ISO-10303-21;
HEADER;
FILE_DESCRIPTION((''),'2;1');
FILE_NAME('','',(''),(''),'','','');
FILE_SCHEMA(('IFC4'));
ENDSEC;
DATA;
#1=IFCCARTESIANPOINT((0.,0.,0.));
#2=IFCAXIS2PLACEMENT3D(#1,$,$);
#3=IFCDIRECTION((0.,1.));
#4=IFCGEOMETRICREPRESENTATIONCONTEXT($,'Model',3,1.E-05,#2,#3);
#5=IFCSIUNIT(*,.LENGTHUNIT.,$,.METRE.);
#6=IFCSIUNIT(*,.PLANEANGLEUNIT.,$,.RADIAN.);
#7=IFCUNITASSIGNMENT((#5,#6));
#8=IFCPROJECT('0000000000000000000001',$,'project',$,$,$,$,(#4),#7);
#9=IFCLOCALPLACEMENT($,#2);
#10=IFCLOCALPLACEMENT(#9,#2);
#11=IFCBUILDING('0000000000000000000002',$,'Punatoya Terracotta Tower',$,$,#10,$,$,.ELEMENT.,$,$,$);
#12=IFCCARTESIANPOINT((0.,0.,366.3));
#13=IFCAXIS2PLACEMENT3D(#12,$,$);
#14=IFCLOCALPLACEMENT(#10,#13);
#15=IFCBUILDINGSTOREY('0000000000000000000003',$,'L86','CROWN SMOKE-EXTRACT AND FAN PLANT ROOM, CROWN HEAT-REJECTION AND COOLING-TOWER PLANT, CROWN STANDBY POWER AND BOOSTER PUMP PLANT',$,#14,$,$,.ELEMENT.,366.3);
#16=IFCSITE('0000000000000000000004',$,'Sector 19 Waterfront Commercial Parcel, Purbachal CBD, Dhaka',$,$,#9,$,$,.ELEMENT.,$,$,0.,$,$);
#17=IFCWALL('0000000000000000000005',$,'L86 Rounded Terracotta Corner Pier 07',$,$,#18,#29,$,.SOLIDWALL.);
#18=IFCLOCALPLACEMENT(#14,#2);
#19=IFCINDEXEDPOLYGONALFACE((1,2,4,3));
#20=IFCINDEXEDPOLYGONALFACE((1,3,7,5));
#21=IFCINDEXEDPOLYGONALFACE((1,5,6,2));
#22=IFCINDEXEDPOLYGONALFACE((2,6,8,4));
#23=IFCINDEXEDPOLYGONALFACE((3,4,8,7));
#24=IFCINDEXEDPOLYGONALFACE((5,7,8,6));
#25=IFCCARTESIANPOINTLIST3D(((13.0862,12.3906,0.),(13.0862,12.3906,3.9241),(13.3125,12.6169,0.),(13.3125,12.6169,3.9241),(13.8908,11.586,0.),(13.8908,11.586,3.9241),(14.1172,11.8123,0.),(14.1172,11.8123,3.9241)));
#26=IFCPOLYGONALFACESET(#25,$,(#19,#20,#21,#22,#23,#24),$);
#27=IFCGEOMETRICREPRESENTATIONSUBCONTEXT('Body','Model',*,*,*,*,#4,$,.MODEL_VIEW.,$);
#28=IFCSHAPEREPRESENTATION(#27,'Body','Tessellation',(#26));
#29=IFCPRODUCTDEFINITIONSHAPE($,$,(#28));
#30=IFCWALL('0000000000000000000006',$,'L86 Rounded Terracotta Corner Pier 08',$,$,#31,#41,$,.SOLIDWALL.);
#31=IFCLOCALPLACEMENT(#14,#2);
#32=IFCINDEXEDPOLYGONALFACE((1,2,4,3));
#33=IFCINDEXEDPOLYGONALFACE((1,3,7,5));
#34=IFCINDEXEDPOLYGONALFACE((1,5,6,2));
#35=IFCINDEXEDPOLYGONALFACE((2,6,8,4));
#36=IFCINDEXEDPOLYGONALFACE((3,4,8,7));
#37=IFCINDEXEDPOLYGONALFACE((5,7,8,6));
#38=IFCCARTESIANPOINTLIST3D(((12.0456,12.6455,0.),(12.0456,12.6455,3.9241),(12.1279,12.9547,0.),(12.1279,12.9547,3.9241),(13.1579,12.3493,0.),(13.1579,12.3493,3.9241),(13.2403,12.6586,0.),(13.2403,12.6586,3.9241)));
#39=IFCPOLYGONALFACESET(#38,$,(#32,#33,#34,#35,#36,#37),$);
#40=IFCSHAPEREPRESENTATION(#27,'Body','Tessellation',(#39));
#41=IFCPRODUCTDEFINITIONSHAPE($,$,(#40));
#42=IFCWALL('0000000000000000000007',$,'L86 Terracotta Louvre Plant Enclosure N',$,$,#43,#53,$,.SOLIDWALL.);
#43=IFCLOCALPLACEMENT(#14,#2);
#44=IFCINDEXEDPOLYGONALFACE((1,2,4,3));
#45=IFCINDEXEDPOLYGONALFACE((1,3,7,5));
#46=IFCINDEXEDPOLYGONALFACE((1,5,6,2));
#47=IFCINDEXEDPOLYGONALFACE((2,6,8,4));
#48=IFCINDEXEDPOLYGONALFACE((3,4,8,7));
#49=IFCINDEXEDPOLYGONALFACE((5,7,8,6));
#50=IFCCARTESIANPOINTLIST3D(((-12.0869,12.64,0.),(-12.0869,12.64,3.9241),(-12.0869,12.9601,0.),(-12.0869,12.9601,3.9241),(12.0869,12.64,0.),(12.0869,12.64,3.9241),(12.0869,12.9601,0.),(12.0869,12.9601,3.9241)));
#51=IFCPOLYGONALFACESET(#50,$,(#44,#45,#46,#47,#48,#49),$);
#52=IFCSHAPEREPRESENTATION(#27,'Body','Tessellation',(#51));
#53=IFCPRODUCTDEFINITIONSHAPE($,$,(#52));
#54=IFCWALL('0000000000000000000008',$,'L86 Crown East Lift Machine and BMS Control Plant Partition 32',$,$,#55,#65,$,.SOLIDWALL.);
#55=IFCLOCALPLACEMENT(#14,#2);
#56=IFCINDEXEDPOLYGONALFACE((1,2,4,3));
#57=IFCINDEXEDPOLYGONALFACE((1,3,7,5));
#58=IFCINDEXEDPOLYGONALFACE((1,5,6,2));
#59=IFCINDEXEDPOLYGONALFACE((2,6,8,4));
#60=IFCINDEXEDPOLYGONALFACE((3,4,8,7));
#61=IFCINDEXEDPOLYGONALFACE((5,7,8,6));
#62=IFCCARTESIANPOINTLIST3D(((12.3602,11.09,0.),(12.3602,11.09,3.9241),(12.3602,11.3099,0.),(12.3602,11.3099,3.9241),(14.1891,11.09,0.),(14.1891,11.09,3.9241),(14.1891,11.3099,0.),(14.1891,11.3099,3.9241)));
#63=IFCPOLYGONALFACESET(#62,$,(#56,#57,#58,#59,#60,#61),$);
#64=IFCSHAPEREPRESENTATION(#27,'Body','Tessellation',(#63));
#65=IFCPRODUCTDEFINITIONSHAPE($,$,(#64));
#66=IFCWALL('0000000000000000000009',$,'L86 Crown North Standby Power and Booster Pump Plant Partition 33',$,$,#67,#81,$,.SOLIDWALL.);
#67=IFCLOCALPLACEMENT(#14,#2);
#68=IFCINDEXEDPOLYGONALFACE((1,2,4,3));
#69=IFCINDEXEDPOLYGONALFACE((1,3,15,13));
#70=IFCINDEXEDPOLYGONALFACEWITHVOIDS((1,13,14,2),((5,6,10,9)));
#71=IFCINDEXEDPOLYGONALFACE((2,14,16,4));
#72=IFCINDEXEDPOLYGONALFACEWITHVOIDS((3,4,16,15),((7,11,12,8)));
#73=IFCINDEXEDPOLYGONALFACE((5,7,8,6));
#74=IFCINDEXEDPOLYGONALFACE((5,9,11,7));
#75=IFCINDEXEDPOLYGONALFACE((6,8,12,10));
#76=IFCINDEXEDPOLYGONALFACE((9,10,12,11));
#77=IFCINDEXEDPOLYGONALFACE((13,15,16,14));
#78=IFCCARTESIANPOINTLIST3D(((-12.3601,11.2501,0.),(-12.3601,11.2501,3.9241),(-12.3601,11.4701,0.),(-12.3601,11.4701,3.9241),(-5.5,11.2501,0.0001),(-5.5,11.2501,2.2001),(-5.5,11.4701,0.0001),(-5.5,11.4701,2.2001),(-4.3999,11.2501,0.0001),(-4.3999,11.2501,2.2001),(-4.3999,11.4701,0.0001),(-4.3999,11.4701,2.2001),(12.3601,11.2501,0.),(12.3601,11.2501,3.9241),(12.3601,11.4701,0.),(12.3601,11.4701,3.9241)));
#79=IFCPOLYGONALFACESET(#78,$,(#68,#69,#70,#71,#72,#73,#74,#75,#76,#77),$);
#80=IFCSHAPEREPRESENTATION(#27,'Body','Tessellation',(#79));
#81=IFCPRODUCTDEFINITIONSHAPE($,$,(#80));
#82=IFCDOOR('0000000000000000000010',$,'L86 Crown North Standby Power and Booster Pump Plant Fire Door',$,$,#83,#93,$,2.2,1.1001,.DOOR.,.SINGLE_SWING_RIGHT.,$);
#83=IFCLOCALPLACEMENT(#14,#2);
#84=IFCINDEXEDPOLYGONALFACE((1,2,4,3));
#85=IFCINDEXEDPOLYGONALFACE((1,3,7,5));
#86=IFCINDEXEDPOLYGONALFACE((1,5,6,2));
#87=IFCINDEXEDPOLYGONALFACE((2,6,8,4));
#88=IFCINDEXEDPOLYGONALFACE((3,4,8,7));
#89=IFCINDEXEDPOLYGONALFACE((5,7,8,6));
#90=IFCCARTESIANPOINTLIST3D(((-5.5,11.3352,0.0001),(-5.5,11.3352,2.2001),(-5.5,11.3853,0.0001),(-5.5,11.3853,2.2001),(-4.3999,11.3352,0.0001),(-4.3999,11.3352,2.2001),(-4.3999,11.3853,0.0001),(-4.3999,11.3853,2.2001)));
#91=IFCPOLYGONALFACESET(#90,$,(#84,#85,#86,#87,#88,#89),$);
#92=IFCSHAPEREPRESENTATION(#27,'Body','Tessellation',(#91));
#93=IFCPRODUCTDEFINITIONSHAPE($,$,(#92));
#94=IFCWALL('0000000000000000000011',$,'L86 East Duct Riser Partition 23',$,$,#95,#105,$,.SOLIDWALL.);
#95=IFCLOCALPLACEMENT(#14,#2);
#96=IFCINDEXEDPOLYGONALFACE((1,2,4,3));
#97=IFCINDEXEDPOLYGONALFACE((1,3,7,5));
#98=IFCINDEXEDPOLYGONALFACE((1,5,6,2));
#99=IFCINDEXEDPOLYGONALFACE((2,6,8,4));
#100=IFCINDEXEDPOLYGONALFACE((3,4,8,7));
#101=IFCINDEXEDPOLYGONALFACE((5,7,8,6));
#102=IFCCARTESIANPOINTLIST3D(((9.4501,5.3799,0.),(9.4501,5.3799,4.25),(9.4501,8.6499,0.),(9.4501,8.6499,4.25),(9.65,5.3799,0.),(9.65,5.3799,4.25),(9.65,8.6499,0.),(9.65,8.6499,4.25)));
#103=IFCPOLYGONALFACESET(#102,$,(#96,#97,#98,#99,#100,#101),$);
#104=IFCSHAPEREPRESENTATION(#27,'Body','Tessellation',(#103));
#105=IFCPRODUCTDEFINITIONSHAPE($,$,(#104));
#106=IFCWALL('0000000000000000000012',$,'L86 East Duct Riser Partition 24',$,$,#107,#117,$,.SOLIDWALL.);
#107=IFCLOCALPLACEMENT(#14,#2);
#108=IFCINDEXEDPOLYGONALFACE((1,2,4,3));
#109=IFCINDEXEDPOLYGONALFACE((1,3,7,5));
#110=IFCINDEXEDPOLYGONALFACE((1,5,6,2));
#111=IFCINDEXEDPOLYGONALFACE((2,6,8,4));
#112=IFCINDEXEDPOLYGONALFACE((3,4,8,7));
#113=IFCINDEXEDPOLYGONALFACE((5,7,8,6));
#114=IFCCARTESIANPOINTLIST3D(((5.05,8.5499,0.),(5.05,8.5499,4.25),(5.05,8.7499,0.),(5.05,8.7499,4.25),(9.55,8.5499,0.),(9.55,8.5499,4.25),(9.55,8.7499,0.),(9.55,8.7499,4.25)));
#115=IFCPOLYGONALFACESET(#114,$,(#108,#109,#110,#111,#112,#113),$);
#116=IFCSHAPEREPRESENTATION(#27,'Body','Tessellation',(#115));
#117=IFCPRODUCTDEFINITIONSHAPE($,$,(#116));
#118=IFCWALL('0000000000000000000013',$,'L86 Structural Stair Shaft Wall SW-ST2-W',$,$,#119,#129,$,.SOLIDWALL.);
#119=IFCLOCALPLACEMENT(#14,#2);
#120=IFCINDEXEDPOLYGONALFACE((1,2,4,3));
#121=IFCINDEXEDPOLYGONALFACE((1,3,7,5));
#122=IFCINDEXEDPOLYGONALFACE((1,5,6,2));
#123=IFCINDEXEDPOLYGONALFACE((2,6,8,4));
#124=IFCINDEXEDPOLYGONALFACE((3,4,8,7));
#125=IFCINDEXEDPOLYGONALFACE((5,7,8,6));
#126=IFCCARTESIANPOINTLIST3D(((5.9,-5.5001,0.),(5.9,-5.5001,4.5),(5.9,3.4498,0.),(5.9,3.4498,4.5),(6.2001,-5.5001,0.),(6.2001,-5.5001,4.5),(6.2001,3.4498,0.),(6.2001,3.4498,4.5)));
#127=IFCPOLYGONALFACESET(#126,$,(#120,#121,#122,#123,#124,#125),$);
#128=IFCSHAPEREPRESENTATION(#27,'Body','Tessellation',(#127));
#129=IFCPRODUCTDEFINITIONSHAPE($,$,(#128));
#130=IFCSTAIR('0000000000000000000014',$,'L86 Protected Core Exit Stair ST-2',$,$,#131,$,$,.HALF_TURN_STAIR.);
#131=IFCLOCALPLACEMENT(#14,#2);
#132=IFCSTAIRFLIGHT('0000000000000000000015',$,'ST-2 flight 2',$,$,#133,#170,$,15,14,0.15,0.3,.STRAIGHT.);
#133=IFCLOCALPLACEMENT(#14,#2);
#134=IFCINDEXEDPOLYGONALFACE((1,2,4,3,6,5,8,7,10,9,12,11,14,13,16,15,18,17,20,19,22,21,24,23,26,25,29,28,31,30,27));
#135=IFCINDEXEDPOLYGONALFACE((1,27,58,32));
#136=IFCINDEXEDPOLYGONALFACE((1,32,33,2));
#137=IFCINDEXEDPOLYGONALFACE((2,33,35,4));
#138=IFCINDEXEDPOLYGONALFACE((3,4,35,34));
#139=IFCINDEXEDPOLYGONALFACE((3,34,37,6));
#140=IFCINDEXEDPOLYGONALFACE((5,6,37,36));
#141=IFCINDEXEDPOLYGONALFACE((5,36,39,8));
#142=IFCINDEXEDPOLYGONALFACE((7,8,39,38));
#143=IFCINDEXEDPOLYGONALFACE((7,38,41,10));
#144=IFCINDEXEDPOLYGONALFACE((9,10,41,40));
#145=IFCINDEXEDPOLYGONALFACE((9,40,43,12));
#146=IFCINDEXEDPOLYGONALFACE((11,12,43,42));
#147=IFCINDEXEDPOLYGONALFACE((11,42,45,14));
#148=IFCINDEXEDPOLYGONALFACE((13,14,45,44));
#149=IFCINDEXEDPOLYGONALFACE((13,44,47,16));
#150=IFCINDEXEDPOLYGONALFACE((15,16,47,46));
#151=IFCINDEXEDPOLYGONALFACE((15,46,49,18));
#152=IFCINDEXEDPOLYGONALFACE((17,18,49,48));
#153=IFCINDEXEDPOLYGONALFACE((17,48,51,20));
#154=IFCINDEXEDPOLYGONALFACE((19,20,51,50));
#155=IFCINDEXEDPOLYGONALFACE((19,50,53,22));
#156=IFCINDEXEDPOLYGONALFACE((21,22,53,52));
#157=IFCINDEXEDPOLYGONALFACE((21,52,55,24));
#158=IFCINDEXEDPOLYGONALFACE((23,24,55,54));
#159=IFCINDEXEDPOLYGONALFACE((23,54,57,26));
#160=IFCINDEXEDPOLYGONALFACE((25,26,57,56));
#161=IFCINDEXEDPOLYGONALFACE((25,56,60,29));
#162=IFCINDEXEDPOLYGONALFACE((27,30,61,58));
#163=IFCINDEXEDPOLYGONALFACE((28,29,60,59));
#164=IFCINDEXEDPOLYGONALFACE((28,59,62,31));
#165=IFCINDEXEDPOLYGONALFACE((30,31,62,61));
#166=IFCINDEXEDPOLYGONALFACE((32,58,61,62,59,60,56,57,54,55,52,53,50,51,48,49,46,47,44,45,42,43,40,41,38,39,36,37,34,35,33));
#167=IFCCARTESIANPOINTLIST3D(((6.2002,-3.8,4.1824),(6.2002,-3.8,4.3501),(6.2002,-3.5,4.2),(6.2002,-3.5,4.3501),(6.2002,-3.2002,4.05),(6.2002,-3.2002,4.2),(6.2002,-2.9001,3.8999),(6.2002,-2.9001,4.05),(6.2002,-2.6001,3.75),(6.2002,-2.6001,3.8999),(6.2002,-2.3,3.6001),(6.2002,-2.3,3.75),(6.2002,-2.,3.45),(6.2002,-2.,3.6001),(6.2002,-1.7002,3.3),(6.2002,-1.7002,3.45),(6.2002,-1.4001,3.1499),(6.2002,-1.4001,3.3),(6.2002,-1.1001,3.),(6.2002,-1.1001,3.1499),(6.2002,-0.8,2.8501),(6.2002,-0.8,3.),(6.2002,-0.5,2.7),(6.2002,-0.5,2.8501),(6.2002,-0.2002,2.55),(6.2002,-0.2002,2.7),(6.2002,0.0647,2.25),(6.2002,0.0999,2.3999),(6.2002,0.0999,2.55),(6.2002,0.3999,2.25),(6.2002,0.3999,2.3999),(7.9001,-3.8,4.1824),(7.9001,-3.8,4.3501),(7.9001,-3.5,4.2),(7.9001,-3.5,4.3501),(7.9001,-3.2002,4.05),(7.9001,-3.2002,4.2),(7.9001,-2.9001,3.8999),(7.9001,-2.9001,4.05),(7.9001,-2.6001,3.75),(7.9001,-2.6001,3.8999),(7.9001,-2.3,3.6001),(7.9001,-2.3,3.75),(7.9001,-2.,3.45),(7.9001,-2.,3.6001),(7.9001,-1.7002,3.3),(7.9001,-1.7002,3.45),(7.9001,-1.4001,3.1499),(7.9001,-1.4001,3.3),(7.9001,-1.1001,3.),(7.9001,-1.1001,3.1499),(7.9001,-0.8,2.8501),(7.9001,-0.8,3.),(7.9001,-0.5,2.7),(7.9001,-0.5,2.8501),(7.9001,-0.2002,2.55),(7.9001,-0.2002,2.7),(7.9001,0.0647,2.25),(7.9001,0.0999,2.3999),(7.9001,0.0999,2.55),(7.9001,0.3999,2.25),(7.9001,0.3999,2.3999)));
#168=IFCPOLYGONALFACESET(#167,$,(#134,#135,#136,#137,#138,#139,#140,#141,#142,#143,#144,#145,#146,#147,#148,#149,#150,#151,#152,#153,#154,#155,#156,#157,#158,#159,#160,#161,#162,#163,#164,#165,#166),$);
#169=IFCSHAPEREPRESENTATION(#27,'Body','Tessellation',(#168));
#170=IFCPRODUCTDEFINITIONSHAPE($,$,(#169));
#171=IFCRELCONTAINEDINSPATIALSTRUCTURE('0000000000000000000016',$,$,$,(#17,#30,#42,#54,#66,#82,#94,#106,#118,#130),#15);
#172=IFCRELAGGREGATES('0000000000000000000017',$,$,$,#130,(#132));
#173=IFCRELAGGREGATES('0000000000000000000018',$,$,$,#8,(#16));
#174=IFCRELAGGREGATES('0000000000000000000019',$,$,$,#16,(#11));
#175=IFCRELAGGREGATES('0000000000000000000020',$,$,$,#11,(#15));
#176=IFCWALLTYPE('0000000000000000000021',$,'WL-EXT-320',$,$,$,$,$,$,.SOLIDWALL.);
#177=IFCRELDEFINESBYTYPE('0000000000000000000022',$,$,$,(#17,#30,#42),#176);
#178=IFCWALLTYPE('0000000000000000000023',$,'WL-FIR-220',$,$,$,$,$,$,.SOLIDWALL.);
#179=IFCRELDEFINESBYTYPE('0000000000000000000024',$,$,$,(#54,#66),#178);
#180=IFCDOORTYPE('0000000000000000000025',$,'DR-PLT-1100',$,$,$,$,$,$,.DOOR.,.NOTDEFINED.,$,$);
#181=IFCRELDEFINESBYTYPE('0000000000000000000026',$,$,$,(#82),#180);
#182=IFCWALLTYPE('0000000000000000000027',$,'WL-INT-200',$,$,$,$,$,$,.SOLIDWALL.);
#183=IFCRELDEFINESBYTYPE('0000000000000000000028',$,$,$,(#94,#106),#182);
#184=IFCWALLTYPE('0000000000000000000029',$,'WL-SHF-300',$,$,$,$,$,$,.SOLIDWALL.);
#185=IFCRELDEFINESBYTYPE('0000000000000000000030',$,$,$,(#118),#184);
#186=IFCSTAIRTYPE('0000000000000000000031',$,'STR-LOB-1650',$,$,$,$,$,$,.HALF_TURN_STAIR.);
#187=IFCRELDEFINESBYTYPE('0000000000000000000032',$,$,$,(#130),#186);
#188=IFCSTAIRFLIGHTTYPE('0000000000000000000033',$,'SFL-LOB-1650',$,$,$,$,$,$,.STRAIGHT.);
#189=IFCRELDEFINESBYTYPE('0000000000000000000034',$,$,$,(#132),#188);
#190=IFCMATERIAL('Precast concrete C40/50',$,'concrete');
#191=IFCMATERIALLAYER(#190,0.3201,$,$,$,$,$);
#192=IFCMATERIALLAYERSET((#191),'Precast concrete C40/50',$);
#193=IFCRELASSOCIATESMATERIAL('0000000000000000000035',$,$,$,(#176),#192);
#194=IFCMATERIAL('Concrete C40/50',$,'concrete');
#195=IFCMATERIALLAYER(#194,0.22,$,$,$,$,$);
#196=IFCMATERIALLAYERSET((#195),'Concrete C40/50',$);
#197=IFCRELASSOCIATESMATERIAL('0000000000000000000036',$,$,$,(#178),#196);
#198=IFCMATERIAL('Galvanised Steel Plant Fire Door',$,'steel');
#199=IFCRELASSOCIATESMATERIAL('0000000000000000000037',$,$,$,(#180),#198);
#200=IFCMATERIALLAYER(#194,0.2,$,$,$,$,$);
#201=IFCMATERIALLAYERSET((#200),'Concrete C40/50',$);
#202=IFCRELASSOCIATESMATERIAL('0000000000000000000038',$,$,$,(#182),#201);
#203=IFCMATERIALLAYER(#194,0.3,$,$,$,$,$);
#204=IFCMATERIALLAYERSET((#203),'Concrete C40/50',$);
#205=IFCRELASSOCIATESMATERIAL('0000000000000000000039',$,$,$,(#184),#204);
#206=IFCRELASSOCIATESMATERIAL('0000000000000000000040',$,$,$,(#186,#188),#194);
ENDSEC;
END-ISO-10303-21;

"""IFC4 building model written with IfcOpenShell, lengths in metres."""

from ifc_helpers import new_model, si_unit, direction, frame, frame_2d, origin, place, context, subcontext, project, spatial, polyline, rectangle, outline, extrude, material, layer, layer_set, type_object, element, fill, aggregate, save


model = new_model("IFC4")

# Units and contexts
model_context = context("Model", 3, precision=1e-05, world=origin(), true_north=direction((0.0, 1.0)))
body_context = subcontext(model_context, "Body", "Model", "MODEL_VIEW")
ifc_project = project(units=[si_unit("LENGTHUNIT", "METRE"), si_unit("PLANEANGLEUNIT", "RADIAN")], contexts=[model_context])

# Site, building, storey
site_placement = place(None, origin())
site = spatial("IfcSite", under=ifc_project, at=site_placement, Name="Sector 19 Waterfront Commercial Parcel, Purbachal CBD, Dhaka", CompositionType="ELEMENT", RefElevation=0.0)
building_placement = place(site_placement, origin())
building = spatial("IfcBuilding", under=site, at=building_placement, Name="Punatoya Terracotta Tower", CompositionType="ELEMENT")
storey_placement = place(building_placement, frame((0.0, 0.0, 366.3)))
storey = spatial("IfcBuildingStorey", under=building, at=storey_placement, Name="L86", Description="CROWN SMOKE-EXTRACT AND FAN PLANT ROOM, CROWN HEAT-REJECTION AND COOLING-TOWER PLANT, CROWN STANDBY POWER AND BOOSTER PUMP PLANT", CompositionType="ELEMENT", Elevation=366.3)

# Walls
ifc_material_1 = material(Name="Precast concrete C40/50", Category="concrete")
ifc_layer_1 = layer(ifc_material_1, 0.3201)
ifc_layer_set_1 = layer_set([ifc_layer_1], Name="Precast concrete C40/50")
wall_type_1 = type_object("IfcWallType", Name="WL-EXT-320", PredefinedType="SOLIDWALL", material=ifc_layer_set_1)
wall_1_placement = place(storey_placement, frame((14.0039, 11.6992, 0.0), z_axis=(0.0, 0.0, 1.0), x_axis=(-0.707107, 0.707107, 0.0)))
element("IfcWall", 1, at=wall_1_placement, inside=storey, type_object=wall_type_1, Name="L86 Rounded Terracotta Corner Pier 07", PredefinedType="SOLIDWALL", context=body_context, shape_type="SweptSolid", body=[
    extrude(rectangle(XDim=1.1379, YDim=0.3201, at=frame_2d((0.5688, 0.0))), origin(), (0.0, 0.0, 1.0), 3.9241),
])
wall_2_placement = place(storey_placement, frame((13.1992, 12.5039, 0.0), z_axis=(0.0, 0.0, 1.0), x_axis=(-0.966337, 0.25728, 0.0)))
element("IfcWall", 2, at=wall_2_placement, inside=storey, type_object=wall_type_1, Name="L86 Rounded Terracotta Corner Pier 08", PredefinedType="SOLIDWALL", context=body_context, shape_type="SweptSolid", body=[
    extrude(rectangle(XDim=1.1511, YDim=0.3201, at=frame_2d((0.5757, 0.0))), origin(), (0.0, 0.0, 1.0), 3.9241),
])
wall_3_placement = place(storey_placement, frame((12.0869, 12.8, 0.0), z_axis=(0.0, 0.0, 1.0), x_axis=(-1.0, 0.0, 0.0)))
element("IfcWall", 3, at=wall_3_placement, inside=storey, type_object=wall_type_1, Name="L86 Terracotta Louvre Plant Enclosure N", PredefinedType="SOLIDWALL", context=body_context, shape_type="SweptSolid", body=[
    extrude(rectangle(XDim=24.1738, YDim=0.3201, at=frame_2d((12.0869, 0.0))), origin(), (0.0, 0.0, 1.0), 3.9241),
])
ifc_material_2 = material(Name="Concrete C40/50", Category="concrete")
ifc_layer_2 = layer(ifc_material_2, 0.22)
ifc_layer_set_2 = layer_set([ifc_layer_2], Name="Concrete C40/50")
wall_type_2 = type_object("IfcWallType", Name="WL-FIR-220", PredefinedType="SOLIDWALL", material=ifc_layer_set_2)
wall_4_placement = place(storey_placement, frame((12.3601, 11.2, 0.0), z_axis=(0.0, 0.0, 1.0), x_axis=(1.0, 0.0, 0.0)))
element("IfcWall", 4, at=wall_4_placement, inside=storey, type_object=wall_type_2, Name="L86 Crown East Lift Machine and BMS Control Plant Partition 32", PredefinedType="SOLIDWALL", context=body_context, shape_type="SweptSolid", body=[
    extrude(rectangle(XDim=1.8289, YDim=0.22, at=frame_2d((0.9146, 0.0))), origin(), (0.0, 0.0, 1.0), 3.9241),
])

# Wall, opening, door
wall_5_placement = place(storey_placement, frame((12.3601, 11.3601, 0.0), z_axis=(0.0, 0.0, 1.0), x_axis=(-1.0, 0.0, 0.0)))
wall_5 = element("IfcWall", 5, at=wall_5_placement, inside=storey, type_object=wall_type_2, Name="L86 Crown North Standby Power and Booster Pump Plant Partition 33", PredefinedType="SOLIDWALL", context=body_context, shape_type="SweptSolid", body=[
    extrude(rectangle(XDim=24.7202, YDim=0.22, at=frame_2d((12.3601, 0.0))), origin(), (0.0, 0.0, 1.0), 3.9241),
])
opening_1_placement = place(wall_5_placement, frame((16.76, 0.0, 0.0)))
opening_1 = element("IfcOpeningElement", 6, at=opening_1_placement, cuts=wall_5, PredefinedType="OPENING", context=body_context, shape_type="SweptSolid", body=[
    extrude(rectangle(XDim=1.1001, YDim=2.2, at=frame_2d((0.55, 1.1001))), frame((0.0, 0.1199, 0.0), z_axis=(0.0, -1.0, 0.0), x_axis=(1.0, 0.0, 0.0)), (0.0, 0.0, 1.0), 0.24),
])
ifc_material_3 = material(Name="Galvanised Steel Plant Fire Door", Category="steel")
door_type_1 = type_object("IfcDoorType", Name="DR-PLT-1100", OperationType="NOTDEFINED", PredefinedType="DOOR", material=ifc_material_3)
door_1_placement = place(opening_1_placement, origin())
door_1 = element("IfcDoor", 7, at=door_1_placement, inside=storey, type_object=door_type_1, Name="L86 Crown North Standby Power and Booster Pump Plant Fire Door", OperationType="SINGLE_SWING_RIGHT", OverallHeight=2.2, OverallWidth=1.1001, PredefinedType="DOOR", context=body_context, shape_type="SweptSolid", body=[
    extrude(rectangle(XDim=1.1001, YDim=2.2, at=frame_2d((0.55, 1.1001))), frame((0.0, 0.0249, 0.0), z_axis=(0.0, -1.0, 0.0), x_axis=(1.0, 0.0, 0.0)), (0.0, 0.0, 1.0), 0.05),
])
fill(opening_1, door_1)

# Walls
ifc_layer_3 = layer(ifc_material_2, 0.2)
ifc_layer_set_3 = layer_set([ifc_layer_3], Name="Concrete C40/50")
wall_type_3 = type_object("IfcWallType", Name="WL-INT-200", PredefinedType="SOLIDWALL", material=ifc_layer_set_3)
wall_6_placement = place(storey_placement, frame((9.55, 5.3799, 0.0), z_axis=(0.0, 0.0, 1.0), x_axis=(0.0, 1.0, 0.0)))
element("IfcWall", 8, at=wall_6_placement, inside=storey, type_object=wall_type_3, Name="L86 East Duct Riser Partition 23", PredefinedType="SOLIDWALL", context=body_context, shape_type="SweptSolid", body=[
    extrude(rectangle(XDim=3.27, YDim=0.2, at=frame_2d((1.635, 0.0))), origin(), (0.0, 0.0, 1.0), 4.25),
])
wall_7_placement = place(storey_placement, frame((9.55, 8.6499, 0.0), z_axis=(0.0, 0.0, 1.0), x_axis=(-1.0, 0.0, 0.0)))
element("IfcWall", 9, at=wall_7_placement, inside=storey, type_object=wall_type_3, Name="L86 East Duct Riser Partition 24", PredefinedType="SOLIDWALL", context=body_context, shape_type="SweptSolid", body=[
    extrude(rectangle(XDim=4.5, YDim=0.2, at=frame_2d((2.25, 0.0))), origin(), (0.0, 0.0, 1.0), 4.25),
])
ifc_layer_4 = layer(ifc_material_2, 0.3)
ifc_layer_set_4 = layer_set([ifc_layer_4], Name="Concrete C40/50")
wall_type_4 = type_object("IfcWallType", Name="WL-SHF-300", PredefinedType="SOLIDWALL", material=ifc_layer_set_4)
wall_8_placement = place(storey_placement, frame((6.05, 3.45, 0.0), z_axis=(0.0, 0.0, 1.0), x_axis=(0.0, -1.0, 0.0)))
element("IfcWall", 10, at=wall_8_placement, inside=storey, type_object=wall_type_4, Name="L86 Structural Stair Shaft Wall SW-ST2-W", PredefinedType="SOLIDWALL", context=body_context, shape_type="SweptSolid", body=[
    extrude(rectangle(XDim=8.95, YDim=0.3, at=frame_2d((4.4751, 0.0))), origin(), (0.0, 0.0, 1.0), 4.5),
])

# Stair, stair flight
stair_type = type_object("IfcStairType", Name="STR-LOB-1650", PredefinedType="HALF_TURN_STAIR", material=ifc_material_2)
stair_placement = place(storey_placement, origin())
stair = element("IfcStair", 11, at=stair_placement, inside=storey, type_object=stair_type, Name="L86 Protected Core Exit Stair ST-2", PredefinedType="HALF_TURN_STAIR")
stair_flight_type = type_object("IfcStairFlightType", Name="SFL-LOB-1650", PredefinedType="STRAIGHT", material=ifc_material_2)
stair_flight_placement = place(storey_placement, frame((7.05, 0.3999, 2.25), z_axis=(0.0, 0.0, 1.0), x_axis=(0.0, -1.0, 0.0)))
stair_flight = element("IfcStairFlight", 12, at=stair_flight_placement, type_object=stair_flight_type, Name="ST-2 flight 2", NumberOfRisers=15, NumberOfTreads=14, PredefinedType="STRAIGHT", RiserHeight=0.15, TreadLength=0.3, context=body_context, shape_type="SweptSolid", body=[
    extrude(outline(polyline([(0.0, 0.0), (0.0, 0.1499), (0.3, 0.1499), (0.3, 0.3), (0.6001, 0.3), (0.6001, 0.45), (0.8999, 0.45), (0.8999, 0.6001), (1.2, 0.6001), (1.2, 0.75), (1.5, 0.75), (1.5, 0.8999), (1.8, 0.8999), (1.8, 1.05), (2.1001, 1.05), (2.1001, 1.2), (2.3999, 1.2), (2.3999, 1.3501), (2.7, 1.3501), (2.7, 1.5), (3.0, 1.5), (3.0, 1.6499), (3.3, 1.6499), (3.3, 1.8), (3.6001, 1.8), (3.6001, 1.95), (3.8999, 1.95), (3.8999, 2.1001), (4.2, 2.1001), (4.2, 2.25), (4.2, 1.9324), (0.3352, 0.0), (0.0, 0.0)])), frame((0.0, 0.8501, 0.0), z_axis=(0.0, -1.0, 0.0), x_axis=(1.0, 0.0, 0.0)), (0.0, 0.0, 1.0), 1.7),
])
aggregate(stair, [stair_flight])

save(model, "model.ifc")
